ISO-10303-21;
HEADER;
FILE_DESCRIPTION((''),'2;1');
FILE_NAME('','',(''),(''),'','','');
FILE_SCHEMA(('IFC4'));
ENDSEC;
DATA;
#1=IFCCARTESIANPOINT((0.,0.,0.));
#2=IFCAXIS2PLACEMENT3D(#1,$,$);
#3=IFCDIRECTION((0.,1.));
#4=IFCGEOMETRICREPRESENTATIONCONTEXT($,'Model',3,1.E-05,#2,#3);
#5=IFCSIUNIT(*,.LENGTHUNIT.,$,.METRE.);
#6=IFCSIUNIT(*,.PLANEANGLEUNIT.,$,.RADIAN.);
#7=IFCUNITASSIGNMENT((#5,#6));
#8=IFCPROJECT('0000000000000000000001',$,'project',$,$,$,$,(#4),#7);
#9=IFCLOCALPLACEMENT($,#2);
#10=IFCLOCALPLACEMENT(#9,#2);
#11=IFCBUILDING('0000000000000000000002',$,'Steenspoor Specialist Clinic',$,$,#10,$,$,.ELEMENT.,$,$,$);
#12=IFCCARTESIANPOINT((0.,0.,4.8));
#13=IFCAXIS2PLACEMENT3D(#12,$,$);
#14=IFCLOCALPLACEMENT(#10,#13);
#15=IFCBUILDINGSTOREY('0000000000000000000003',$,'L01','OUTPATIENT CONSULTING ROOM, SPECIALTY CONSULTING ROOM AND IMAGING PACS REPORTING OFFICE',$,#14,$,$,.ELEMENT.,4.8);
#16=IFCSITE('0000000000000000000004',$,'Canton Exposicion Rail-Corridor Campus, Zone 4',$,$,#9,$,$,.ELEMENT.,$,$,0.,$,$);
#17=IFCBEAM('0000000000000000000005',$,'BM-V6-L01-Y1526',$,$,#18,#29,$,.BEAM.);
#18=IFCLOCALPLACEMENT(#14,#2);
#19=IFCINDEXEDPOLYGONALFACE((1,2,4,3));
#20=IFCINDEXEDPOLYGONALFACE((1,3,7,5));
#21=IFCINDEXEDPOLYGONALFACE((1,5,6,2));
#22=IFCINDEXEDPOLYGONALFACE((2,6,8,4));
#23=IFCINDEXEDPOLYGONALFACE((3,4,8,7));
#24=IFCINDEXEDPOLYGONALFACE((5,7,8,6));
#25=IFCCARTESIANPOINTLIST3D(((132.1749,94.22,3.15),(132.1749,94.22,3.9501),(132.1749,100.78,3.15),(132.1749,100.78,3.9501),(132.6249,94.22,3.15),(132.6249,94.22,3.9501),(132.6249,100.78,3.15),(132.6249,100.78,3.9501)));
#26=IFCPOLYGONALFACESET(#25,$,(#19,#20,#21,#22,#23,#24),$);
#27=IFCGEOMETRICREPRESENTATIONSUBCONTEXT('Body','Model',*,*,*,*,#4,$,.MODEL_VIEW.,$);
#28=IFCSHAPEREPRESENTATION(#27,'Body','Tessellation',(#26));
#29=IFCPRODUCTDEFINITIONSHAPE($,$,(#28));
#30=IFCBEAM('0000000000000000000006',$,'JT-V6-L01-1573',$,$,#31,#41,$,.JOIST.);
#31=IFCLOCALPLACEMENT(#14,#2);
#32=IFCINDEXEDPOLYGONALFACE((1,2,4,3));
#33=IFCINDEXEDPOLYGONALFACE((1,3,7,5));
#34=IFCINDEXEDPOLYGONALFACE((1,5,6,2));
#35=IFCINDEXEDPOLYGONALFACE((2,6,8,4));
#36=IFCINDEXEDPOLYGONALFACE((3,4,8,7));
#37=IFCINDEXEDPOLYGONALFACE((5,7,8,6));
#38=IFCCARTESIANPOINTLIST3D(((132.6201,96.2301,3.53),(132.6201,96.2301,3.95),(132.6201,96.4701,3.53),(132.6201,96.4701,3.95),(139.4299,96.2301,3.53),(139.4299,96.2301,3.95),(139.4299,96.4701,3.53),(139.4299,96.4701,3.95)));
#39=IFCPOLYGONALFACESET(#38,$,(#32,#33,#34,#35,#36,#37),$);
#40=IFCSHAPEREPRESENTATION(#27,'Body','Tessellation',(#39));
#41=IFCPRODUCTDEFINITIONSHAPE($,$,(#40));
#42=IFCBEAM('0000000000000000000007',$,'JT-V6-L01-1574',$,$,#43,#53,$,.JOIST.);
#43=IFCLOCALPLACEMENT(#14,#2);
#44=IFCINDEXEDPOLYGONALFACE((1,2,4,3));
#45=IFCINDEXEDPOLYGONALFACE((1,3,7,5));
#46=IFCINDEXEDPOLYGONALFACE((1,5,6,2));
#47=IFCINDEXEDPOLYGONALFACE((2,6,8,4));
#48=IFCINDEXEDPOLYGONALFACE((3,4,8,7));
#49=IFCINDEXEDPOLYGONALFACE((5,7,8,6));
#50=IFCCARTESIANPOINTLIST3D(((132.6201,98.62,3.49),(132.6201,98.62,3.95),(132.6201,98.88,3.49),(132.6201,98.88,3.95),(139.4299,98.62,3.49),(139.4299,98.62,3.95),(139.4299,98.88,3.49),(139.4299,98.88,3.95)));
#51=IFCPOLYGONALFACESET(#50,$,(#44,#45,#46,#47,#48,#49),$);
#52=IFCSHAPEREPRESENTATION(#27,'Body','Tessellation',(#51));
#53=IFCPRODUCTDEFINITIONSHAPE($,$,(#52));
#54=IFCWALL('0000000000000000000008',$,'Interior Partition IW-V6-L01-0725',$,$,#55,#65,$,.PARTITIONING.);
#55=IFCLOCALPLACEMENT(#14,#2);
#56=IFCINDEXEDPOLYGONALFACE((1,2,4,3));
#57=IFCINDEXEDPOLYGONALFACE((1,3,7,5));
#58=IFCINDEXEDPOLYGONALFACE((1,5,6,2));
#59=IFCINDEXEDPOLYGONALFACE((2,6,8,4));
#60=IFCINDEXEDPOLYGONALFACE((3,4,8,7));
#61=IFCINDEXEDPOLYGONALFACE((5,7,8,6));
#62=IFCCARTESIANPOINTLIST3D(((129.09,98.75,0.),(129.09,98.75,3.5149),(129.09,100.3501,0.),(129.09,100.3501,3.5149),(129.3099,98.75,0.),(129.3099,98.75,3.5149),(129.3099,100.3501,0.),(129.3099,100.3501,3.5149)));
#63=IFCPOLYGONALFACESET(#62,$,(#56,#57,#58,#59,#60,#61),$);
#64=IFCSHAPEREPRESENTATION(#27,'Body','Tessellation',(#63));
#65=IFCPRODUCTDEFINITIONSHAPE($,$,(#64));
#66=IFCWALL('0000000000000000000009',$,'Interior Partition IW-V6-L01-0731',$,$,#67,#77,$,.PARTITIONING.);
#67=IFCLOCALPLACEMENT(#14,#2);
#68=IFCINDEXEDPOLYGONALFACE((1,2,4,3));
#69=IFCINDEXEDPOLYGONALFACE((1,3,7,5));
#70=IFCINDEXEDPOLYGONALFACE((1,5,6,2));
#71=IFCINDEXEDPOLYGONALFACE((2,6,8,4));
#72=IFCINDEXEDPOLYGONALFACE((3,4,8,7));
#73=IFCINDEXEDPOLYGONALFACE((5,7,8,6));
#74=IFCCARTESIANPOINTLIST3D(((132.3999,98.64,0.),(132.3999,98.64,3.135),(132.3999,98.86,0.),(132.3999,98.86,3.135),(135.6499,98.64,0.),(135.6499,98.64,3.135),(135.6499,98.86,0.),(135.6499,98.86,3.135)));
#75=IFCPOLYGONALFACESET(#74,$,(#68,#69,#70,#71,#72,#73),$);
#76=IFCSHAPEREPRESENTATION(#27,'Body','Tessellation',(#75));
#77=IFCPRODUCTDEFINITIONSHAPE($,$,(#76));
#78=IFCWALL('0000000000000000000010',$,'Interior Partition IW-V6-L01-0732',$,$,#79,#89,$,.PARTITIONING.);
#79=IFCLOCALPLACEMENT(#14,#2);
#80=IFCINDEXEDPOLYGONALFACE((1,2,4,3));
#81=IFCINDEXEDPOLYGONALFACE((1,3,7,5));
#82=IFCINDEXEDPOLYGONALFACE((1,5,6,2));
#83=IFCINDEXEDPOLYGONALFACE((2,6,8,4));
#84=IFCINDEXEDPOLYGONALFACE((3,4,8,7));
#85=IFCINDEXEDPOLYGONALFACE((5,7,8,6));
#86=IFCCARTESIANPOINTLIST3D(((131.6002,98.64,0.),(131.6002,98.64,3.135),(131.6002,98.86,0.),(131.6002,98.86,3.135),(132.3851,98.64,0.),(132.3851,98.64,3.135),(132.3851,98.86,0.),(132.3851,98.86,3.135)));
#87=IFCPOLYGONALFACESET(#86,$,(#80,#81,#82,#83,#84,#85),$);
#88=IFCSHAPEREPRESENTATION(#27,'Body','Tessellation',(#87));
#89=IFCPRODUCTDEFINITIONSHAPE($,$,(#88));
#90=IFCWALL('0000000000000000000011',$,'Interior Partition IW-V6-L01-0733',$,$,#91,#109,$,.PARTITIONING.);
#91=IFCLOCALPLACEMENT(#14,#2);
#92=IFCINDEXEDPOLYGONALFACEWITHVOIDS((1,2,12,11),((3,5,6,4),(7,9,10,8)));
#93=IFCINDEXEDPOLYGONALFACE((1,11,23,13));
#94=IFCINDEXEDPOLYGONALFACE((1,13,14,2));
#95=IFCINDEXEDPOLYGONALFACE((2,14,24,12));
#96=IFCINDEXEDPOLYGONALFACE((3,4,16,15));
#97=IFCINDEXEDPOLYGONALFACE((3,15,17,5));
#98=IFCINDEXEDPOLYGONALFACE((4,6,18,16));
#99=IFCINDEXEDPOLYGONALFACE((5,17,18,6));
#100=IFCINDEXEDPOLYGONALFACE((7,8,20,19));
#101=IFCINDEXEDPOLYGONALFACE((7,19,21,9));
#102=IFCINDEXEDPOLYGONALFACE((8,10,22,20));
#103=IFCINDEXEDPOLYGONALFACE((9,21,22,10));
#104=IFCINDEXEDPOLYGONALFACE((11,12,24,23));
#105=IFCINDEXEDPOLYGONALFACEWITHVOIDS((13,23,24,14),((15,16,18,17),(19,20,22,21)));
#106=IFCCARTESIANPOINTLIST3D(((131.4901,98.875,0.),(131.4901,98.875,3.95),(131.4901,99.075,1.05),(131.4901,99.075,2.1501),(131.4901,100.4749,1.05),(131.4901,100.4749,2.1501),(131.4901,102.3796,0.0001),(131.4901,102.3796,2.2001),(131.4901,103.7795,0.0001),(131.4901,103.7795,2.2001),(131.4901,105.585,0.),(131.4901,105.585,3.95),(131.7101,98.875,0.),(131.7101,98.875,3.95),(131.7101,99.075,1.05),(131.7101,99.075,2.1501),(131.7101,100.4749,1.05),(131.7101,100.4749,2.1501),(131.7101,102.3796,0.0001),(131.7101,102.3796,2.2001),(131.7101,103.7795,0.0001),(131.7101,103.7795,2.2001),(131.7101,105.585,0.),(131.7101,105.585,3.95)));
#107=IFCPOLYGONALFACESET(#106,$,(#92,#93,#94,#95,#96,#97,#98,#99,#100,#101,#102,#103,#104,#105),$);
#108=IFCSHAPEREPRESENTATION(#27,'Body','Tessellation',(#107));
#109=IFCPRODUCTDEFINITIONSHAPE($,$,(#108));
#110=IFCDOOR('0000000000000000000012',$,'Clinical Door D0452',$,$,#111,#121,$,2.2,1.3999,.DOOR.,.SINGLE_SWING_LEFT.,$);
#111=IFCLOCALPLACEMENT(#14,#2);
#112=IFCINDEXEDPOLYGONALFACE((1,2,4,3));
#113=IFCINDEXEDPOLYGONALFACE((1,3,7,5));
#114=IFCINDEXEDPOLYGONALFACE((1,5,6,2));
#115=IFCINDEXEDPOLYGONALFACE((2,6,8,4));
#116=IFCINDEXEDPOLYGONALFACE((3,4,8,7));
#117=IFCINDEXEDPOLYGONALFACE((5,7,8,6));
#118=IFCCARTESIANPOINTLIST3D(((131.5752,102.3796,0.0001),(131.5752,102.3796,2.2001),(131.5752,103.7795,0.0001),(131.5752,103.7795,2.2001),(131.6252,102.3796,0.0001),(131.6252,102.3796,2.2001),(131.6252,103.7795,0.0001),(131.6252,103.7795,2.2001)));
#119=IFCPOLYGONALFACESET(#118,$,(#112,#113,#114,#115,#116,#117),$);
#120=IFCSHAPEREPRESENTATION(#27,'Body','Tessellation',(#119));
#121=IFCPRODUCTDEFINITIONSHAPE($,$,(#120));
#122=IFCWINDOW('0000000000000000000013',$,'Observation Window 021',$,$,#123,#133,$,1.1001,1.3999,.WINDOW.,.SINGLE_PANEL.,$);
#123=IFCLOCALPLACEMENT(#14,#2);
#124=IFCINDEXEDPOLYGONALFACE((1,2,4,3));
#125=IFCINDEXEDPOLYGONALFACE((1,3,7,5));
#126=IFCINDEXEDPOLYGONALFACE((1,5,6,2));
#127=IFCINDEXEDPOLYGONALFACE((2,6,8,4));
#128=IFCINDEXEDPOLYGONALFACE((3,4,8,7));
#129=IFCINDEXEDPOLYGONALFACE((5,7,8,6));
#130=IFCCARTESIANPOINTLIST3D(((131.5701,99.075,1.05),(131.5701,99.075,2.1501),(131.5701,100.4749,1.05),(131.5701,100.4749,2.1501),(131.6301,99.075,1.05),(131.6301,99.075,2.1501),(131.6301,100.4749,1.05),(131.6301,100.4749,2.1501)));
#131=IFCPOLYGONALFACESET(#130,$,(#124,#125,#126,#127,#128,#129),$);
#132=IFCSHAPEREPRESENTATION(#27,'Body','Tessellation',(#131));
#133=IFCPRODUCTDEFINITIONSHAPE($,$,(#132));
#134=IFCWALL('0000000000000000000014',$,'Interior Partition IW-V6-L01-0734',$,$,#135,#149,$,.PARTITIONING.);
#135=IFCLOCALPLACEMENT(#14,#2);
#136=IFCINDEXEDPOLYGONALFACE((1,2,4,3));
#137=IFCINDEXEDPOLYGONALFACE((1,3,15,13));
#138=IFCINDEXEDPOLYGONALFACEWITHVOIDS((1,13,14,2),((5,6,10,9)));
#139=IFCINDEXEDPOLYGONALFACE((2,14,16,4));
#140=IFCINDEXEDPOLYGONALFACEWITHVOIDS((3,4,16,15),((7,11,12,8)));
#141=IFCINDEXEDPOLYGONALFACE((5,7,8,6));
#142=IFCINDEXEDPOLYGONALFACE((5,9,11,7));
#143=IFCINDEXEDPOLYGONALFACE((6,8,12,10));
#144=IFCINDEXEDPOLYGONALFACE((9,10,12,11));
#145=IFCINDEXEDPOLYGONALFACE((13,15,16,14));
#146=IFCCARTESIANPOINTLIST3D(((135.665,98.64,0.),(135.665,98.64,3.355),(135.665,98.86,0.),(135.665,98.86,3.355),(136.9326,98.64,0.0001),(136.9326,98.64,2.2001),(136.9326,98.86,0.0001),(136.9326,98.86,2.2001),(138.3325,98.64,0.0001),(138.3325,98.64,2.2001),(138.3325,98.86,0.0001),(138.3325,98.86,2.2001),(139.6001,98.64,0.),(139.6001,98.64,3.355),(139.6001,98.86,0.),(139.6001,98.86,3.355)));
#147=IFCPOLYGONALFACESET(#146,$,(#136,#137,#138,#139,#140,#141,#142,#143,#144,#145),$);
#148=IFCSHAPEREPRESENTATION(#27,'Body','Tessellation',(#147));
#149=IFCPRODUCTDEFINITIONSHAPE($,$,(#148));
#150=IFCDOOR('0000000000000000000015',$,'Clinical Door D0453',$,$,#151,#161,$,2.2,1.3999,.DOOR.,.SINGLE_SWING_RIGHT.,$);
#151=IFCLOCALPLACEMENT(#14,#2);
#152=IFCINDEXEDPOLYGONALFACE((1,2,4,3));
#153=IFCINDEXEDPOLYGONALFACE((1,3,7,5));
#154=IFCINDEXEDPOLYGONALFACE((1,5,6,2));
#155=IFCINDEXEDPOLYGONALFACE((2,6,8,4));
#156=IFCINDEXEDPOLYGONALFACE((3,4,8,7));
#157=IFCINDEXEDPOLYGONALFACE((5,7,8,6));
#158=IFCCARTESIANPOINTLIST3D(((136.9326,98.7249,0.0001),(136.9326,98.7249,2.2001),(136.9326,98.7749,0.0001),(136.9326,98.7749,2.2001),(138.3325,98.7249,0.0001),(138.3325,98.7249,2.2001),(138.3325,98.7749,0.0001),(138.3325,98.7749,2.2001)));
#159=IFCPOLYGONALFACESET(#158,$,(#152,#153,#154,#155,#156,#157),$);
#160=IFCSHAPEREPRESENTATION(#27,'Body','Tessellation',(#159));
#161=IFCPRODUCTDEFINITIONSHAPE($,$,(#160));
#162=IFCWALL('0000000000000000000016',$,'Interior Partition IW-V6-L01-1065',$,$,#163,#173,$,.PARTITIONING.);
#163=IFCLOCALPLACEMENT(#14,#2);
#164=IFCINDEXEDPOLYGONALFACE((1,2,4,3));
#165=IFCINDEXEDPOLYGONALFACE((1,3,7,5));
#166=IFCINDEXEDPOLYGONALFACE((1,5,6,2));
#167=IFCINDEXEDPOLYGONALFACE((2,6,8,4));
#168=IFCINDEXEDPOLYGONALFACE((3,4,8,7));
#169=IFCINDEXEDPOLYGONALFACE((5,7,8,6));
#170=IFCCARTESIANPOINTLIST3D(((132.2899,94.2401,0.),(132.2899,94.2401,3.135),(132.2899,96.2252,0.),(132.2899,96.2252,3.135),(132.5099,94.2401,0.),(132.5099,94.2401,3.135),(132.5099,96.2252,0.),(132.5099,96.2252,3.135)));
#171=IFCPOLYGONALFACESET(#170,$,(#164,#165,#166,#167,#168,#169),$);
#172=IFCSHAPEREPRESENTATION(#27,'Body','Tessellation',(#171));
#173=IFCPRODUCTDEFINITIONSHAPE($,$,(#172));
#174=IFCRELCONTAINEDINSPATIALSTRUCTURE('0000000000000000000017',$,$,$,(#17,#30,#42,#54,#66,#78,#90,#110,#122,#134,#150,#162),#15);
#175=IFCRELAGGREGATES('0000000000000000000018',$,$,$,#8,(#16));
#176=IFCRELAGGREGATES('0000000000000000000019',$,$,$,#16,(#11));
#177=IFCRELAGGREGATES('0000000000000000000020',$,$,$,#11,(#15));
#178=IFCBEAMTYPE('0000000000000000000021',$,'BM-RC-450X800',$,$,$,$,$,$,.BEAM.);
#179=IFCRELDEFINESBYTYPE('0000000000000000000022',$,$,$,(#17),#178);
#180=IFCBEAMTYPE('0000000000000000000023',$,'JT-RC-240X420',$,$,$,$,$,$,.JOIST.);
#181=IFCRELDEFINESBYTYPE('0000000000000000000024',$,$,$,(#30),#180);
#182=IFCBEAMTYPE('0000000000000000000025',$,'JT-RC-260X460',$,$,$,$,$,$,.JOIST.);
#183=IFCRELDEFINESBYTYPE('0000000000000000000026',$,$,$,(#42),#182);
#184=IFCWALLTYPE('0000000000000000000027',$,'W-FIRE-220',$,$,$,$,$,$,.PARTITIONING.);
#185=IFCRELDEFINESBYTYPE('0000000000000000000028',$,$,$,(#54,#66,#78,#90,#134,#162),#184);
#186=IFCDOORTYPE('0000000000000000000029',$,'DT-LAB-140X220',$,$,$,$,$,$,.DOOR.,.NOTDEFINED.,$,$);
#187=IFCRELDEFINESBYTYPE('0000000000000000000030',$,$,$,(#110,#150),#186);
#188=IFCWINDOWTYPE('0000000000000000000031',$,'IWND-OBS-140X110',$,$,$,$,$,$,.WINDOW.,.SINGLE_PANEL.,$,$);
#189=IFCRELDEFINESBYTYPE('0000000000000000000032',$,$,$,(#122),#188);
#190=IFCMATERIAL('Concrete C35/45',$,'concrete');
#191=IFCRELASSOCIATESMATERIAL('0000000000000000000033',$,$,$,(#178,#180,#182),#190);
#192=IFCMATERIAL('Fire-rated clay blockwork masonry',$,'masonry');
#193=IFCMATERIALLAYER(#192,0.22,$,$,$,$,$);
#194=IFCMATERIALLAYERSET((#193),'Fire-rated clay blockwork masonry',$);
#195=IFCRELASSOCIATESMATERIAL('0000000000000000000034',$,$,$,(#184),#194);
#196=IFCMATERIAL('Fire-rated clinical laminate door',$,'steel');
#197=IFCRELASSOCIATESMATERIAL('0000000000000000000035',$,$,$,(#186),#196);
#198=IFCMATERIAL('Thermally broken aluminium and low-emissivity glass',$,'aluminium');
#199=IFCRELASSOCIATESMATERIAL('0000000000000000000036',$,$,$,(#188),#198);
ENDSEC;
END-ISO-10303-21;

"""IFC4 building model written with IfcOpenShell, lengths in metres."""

from ifc_helpers import new_model, si_unit, direction, frame, frame_2d, origin, origin_2d, place, context, subcontext, project, spatial, rectangle, extrude, material, layer, layer_set, material_profile, profile_set, type_object, element, fill, save


model = new_model("IFC4")

# Units and contexts
model_context = context("Model", 3, precision=1e-05, world=origin(), true_north=direction((0.0, 1.0)))
body_context = subcontext(model_context, "Body", "Model", "MODEL_VIEW")
ifc_project = project(units=[si_unit("LENGTHUNIT", "METRE"), si_unit("PLANEANGLEUNIT", "RADIAN")], contexts=[model_context])

# Site, building, storey
site_placement = place(None, origin())
site = spatial("IfcSite", under=ifc_project, at=site_placement, Name="Canton Exposicion Rail-Corridor Campus, Zone 4", CompositionType="ELEMENT", RefElevation=0.0)
building_placement = place(site_placement, origin())
building = spatial("IfcBuilding", under=site, at=building_placement, Name="Steenspoor Specialist Clinic", CompositionType="ELEMENT")
storey_placement = place(building_placement, frame((0.0, 0.0, 4.8)))
storey = spatial("IfcBuildingStorey", under=building, at=storey_placement, Name="L01", Description="OUTPATIENT CONSULTING ROOM, SPECIALTY CONSULTING ROOM AND IMAGING PACS REPORTING OFFICE", CompositionType="ELEMENT", Elevation=4.8)

# Beams
ifc_material_1 = material(Name="Concrete C35/45", Category="concrete")
ifc_material_profile_1 = material_profile(ifc_material_1, rectangle(XDim=0.45, YDim=0.8, at=origin_2d()), Name="RC-BM-450X800")
ifc_profile_set_1 = profile_set([ifc_material_profile_1], Name="Concrete C35/45")
beam_type_1 = type_object("IfcBeamType", Name="BM-RC-450X800", PredefinedType="BEAM", material=ifc_profile_set_1)
beam_1_placement = place(storey_placement, frame((132.3999, 94.22, 3.55), z_axis=(0.0, 1.0, 0.0), x_axis=(-1.0, 0.0, 0.0)))
element("IfcBeam", 1, at=beam_1_placement, inside=storey, type_object=beam_type_1, Name="BM-V6-L01-Y1526", PredefinedType="BEAM", context=body_context, shape_type="SweptSolid", body=[
    extrude(rectangle(XDim=0.45, YDim=0.8, at=origin_2d()), origin(), (0.0, 0.0, 1.0), 6.5601),
])
ifc_material_profile_2 = material_profile(ifc_material_1, rectangle(XDim=0.24, YDim=0.4199, at=origin_2d()), Name="RC-JT-240X420")
ifc_profile_set_2 = profile_set([ifc_material_profile_2], Name="Concrete C35/45")
beam_type_2 = type_object("IfcBeamType", Name="JT-RC-240X420", PredefinedType="JOIST", material=ifc_profile_set_2)
beam_2_placement = place(storey_placement, frame((132.6201, 96.3501, 3.74), z_axis=(1.0, 0.0, 0.0), x_axis=(0.0, 1.0, 0.0)))
element("IfcBeam", 2, at=beam_2_placement, inside=storey, type_object=beam_type_2, Name="JT-V6-L01-1573", PredefinedType="JOIST", context=body_context, shape_type="SweptSolid", body=[
    extrude(rectangle(XDim=0.24, YDim=0.4199, at=origin_2d()), origin(), (0.0, 0.0, 1.0), 6.8098),
])
ifc_material_profile_3 = material_profile(ifc_material_1, rectangle(XDim=0.26, YDim=0.46, at=origin_2d()), Name="RC-JT-260X460")
ifc_profile_set_3 = profile_set([ifc_material_profile_3], Name="Concrete C35/45")
beam_type_3 = type_object("IfcBeamType", Name="JT-RC-260X460", PredefinedType="JOIST", material=ifc_profile_set_3)
beam_3_placement = place(storey_placement, frame((132.6201, 98.75, 3.72), z_axis=(1.0, 0.0, 0.0), x_axis=(0.0, 1.0, 0.0)))
element("IfcBeam", 3, at=beam_3_placement, inside=storey, type_object=beam_type_3, Name="JT-V6-L01-1574", PredefinedType="JOIST", context=body_context, shape_type="SweptSolid", body=[
    extrude(rectangle(XDim=0.26, YDim=0.46, at=origin_2d()), origin(), (0.0, 0.0, 1.0), 6.8098),
])

# Walls
ifc_material_2 = material(Name="Fire-rated clay blockwork masonry", Category="masonry")
ifc_layer_1 = layer(ifc_material_2, 0.22)
ifc_layer_set_1 = layer_set([ifc_layer_1], Name="Fire-rated clay blockwork masonry")
wall_type_1 = type_object("IfcWallType", Name="W-FIRE-220", PredefinedType="PARTITIONING", material=ifc_layer_set_1)
wall_1_placement = place(storey_placement, frame((129.2, 98.75, 0.0), z_axis=(0.0, 0.0, 1.0), x_axis=(0.0, 1.0, 0.0)))
element("IfcWall", 4, at=wall_1_placement, inside=storey, type_object=wall_type_1, Name="Interior Partition IW-V6-L01-0725", PredefinedType="PARTITIONING", context=body_context, shape_type="SweptSolid", body=[
    extrude(rectangle(XDim=1.6001, YDim=0.22, at=frame_2d((0.8, 0.0))), origin(), (0.0, 0.0, 1.0), 3.5149),
])
wall_2_placement = place(storey_placement, frame((132.3999, 98.75, 0.0), z_axis=(0.0, 0.0, 1.0), x_axis=(1.0, 0.0, 0.0)))
element("IfcWall", 5, at=wall_2_placement, inside=storey, type_object=wall_type_1, Name="Interior Partition IW-V6-L01-0731", PredefinedType="PARTITIONING", context=body_context, shape_type="SweptSolid", body=[
    extrude(rectangle(XDim=3.25, YDim=0.22, at=frame_2d((1.625, 0.0))), origin(), (0.0, 0.0, 1.0), 3.135),
])
wall_3_placement = place(storey_placement, frame((131.6001, 98.75, 0.0), z_axis=(0.0, 0.0, 1.0), x_axis=(1.0, 0.0, 0.0)))
element("IfcWall", 6, at=wall_3_placement, inside=storey, type_object=wall_type_1, Name="Interior Partition IW-V6-L01-0732", PredefinedType="PARTITIONING", context=body_context, shape_type="SweptSolid", body=[
    extrude(rectangle(XDim=0.7849, YDim=0.22, at=frame_2d((0.3926, 0.0))), origin(), (0.0, 0.0, 1.0), 3.135),
])

# Wall, openings, door, window
wall_4_placement = place(storey_placement, frame((131.6001, 98.875, 0.0), z_axis=(0.0, 0.0, 1.0), x_axis=(0.0, 1.0, 0.0)))
wall_4 = element("IfcWall", 7, at=wall_4_placement, inside=storey, type_object=wall_type_1, Name="Interior Partition IW-V6-L01-0733", PredefinedType="PARTITIONING", context=body_context, shape_type="SweptSolid", body=[
    extrude(rectangle(XDim=6.71, YDim=0.22, at=frame_2d((3.355, 0.0))), origin(), (0.0, 0.0, 1.0), 3.95),
])
opening_1_placement = place(wall_4_placement, frame((3.5046, 0.0, 0.0)))
opening_1 = element("IfcOpeningElement", 8, at=opening_1_placement, cuts=wall_4, PredefinedType="OPENING", context=body_context, shape_type="SweptSolid", body=[
    extrude(rectangle(XDim=1.3999, YDim=2.2, at=frame_2d((0.7, 1.1001))), frame((0.0, 0.1201, 0.0), z_axis=(0.0, -1.0, 0.0), x_axis=(1.0, 0.0, 0.0)), (0.0, 0.0, 1.0), 0.24),
])
opening_2_placement = place(wall_4_placement, frame((0.2, 0.0, 1.05)))
opening_2 = element("IfcOpeningElement", 9, at=opening_2_placement, cuts=wall_4, PredefinedType="OPENING", context=body_context, shape_type="SweptSolid", body=[
    extrude(rectangle(XDim=1.3999, YDim=1.1001, at=frame_2d((0.7, 0.55))), frame((0.0, 0.1201, 0.0), z_axis=(0.0, -1.0, 0.0), x_axis=(1.0, 0.0, 0.0)), (0.0, 0.0, 1.0), 0.24),
])
ifc_material_3 = material(Name="Fire-rated clinical laminate door", Category="steel")
door_type_1 = type_object("IfcDoorType", Name="DT-LAB-140X220", OperationType="NOTDEFINED", PredefinedType="DOOR", material=ifc_material_3)
door_1_placement = place(opening_1_placement, origin())
door_1 = element("IfcDoor", 10, at=door_1_placement, inside=storey, type_object=door_type_1, Name="Clinical Door D0452", OperationType="SINGLE_SWING_LEFT", OverallHeight=2.2, OverallWidth=1.3999, PredefinedType="DOOR", context=body_context, shape_type="SweptSolid", body=[
    extrude(rectangle(XDim=1.3999, YDim=2.2, at=frame_2d((0.7, 1.1001))), frame((0.0, 0.0249, 0.0), z_axis=(0.0, -1.0, 0.0), x_axis=(1.0, 0.0, 0.0)), (0.0, 0.0, 1.0), 0.05),
])
fill(opening_1, door_1)
ifc_material_4 = material(Name="Thermally broken aluminium and low-emissivity glass", Category="aluminium")
window_type = type_object("IfcWindowType", Name="IWND-OBS-140X110", PartitioningType="SINGLE_PANEL", PredefinedType="WINDOW", material=ifc_material_4)
window_placement = place(opening_2_placement, origin())
window = element("IfcWindow", 11, at=window_placement, inside=storey, type_object=window_type, Name="Observation Window 021", OverallHeight=1.1001, OverallWidth=1.3999, PartitioningType="SINGLE_PANEL", PredefinedType="WINDOW", context=body_context, shape_type="SweptSolid", body=[
    extrude(rectangle(XDim=1.3999, YDim=1.1001, at=frame_2d((0.7, 0.55))), frame((0.0, 0.03, 0.0), z_axis=(0.0, -1.0, 0.0), x_axis=(1.0, 0.0, 0.0)), (0.0, 0.0, 1.0), 0.0601),
])
fill(opening_2, window)

# Wall, opening, door
wall_5_placement = place(storey_placement, frame((135.665, 98.75, 0.0), z_axis=(0.0, 0.0, 1.0), x_axis=(1.0, 0.0, 0.0)))
wall_5 = element("IfcWall", 12, at=wall_5_placement, inside=storey, type_object=wall_type_1, Name="Interior Partition IW-V6-L01-0734", PredefinedType="PARTITIONING", context=body_context, shape_type="SweptSolid", body=[
    extrude(rectangle(XDim=3.9351, YDim=0.22, at=frame_2d((1.9675, 0.0))), origin(), (0.0, 0.0, 1.0), 3.355),
])
opening_3_placement = place(wall_5_placement, frame((1.2676, 0.0, 0.0)))
opening_3 = element("IfcOpeningElement", 13, at=opening_3_placement, cuts=wall_5, PredefinedType="OPENING", context=body_context, shape_type="SweptSolid", body=[
    extrude(rectangle(XDim=1.3999, YDim=2.2, at=frame_2d((0.7, 1.1001))), frame((0.0, 0.1201, 0.0), z_axis=(0.0, -1.0, 0.0), x_axis=(1.0, 0.0, 0.0)), (0.0, 0.0, 1.0), 0.24),
])
door_2_placement = place(opening_3_placement, origin())
door_2 = element("IfcDoor", 14, at=door_2_placement, inside=storey, type_object=door_type_1, Name="Clinical Door D0453", OperationType="SINGLE_SWING_RIGHT", OverallHeight=2.2, OverallWidth=1.3999, PredefinedType="DOOR", context=body_context, shape_type="SweptSolid", body=[
    extrude(rectangle(XDim=1.3999, YDim=2.2, at=frame_2d((0.7, 1.1001))), frame((0.0, 0.0249, 0.0), z_axis=(0.0, -1.0, 0.0), x_axis=(1.0, 0.0, 0.0)), (0.0, 0.0, 1.0), 0.05),
])
fill(opening_3, door_2)

# Wall
wall_6_placement = place(storey_placement, frame((132.3999, 94.24, 0.0), z_axis=(0.0, 0.0, 1.0), x_axis=(0.0, 1.0, 0.0)))
element("IfcWall", 15, at=wall_6_placement, inside=storey, type_object=wall_type_1, Name="Interior Partition IW-V6-L01-1065", PredefinedType="PARTITIONING", context=body_context, shape_type="SweptSolid", body=[
    extrude(rectangle(XDim=1.9851, YDim=0.22, at=frame_2d((0.9927, 0.0))), origin(), (0.0, 0.0, 1.0), 3.135),
])

save(model, "model.ifc")
